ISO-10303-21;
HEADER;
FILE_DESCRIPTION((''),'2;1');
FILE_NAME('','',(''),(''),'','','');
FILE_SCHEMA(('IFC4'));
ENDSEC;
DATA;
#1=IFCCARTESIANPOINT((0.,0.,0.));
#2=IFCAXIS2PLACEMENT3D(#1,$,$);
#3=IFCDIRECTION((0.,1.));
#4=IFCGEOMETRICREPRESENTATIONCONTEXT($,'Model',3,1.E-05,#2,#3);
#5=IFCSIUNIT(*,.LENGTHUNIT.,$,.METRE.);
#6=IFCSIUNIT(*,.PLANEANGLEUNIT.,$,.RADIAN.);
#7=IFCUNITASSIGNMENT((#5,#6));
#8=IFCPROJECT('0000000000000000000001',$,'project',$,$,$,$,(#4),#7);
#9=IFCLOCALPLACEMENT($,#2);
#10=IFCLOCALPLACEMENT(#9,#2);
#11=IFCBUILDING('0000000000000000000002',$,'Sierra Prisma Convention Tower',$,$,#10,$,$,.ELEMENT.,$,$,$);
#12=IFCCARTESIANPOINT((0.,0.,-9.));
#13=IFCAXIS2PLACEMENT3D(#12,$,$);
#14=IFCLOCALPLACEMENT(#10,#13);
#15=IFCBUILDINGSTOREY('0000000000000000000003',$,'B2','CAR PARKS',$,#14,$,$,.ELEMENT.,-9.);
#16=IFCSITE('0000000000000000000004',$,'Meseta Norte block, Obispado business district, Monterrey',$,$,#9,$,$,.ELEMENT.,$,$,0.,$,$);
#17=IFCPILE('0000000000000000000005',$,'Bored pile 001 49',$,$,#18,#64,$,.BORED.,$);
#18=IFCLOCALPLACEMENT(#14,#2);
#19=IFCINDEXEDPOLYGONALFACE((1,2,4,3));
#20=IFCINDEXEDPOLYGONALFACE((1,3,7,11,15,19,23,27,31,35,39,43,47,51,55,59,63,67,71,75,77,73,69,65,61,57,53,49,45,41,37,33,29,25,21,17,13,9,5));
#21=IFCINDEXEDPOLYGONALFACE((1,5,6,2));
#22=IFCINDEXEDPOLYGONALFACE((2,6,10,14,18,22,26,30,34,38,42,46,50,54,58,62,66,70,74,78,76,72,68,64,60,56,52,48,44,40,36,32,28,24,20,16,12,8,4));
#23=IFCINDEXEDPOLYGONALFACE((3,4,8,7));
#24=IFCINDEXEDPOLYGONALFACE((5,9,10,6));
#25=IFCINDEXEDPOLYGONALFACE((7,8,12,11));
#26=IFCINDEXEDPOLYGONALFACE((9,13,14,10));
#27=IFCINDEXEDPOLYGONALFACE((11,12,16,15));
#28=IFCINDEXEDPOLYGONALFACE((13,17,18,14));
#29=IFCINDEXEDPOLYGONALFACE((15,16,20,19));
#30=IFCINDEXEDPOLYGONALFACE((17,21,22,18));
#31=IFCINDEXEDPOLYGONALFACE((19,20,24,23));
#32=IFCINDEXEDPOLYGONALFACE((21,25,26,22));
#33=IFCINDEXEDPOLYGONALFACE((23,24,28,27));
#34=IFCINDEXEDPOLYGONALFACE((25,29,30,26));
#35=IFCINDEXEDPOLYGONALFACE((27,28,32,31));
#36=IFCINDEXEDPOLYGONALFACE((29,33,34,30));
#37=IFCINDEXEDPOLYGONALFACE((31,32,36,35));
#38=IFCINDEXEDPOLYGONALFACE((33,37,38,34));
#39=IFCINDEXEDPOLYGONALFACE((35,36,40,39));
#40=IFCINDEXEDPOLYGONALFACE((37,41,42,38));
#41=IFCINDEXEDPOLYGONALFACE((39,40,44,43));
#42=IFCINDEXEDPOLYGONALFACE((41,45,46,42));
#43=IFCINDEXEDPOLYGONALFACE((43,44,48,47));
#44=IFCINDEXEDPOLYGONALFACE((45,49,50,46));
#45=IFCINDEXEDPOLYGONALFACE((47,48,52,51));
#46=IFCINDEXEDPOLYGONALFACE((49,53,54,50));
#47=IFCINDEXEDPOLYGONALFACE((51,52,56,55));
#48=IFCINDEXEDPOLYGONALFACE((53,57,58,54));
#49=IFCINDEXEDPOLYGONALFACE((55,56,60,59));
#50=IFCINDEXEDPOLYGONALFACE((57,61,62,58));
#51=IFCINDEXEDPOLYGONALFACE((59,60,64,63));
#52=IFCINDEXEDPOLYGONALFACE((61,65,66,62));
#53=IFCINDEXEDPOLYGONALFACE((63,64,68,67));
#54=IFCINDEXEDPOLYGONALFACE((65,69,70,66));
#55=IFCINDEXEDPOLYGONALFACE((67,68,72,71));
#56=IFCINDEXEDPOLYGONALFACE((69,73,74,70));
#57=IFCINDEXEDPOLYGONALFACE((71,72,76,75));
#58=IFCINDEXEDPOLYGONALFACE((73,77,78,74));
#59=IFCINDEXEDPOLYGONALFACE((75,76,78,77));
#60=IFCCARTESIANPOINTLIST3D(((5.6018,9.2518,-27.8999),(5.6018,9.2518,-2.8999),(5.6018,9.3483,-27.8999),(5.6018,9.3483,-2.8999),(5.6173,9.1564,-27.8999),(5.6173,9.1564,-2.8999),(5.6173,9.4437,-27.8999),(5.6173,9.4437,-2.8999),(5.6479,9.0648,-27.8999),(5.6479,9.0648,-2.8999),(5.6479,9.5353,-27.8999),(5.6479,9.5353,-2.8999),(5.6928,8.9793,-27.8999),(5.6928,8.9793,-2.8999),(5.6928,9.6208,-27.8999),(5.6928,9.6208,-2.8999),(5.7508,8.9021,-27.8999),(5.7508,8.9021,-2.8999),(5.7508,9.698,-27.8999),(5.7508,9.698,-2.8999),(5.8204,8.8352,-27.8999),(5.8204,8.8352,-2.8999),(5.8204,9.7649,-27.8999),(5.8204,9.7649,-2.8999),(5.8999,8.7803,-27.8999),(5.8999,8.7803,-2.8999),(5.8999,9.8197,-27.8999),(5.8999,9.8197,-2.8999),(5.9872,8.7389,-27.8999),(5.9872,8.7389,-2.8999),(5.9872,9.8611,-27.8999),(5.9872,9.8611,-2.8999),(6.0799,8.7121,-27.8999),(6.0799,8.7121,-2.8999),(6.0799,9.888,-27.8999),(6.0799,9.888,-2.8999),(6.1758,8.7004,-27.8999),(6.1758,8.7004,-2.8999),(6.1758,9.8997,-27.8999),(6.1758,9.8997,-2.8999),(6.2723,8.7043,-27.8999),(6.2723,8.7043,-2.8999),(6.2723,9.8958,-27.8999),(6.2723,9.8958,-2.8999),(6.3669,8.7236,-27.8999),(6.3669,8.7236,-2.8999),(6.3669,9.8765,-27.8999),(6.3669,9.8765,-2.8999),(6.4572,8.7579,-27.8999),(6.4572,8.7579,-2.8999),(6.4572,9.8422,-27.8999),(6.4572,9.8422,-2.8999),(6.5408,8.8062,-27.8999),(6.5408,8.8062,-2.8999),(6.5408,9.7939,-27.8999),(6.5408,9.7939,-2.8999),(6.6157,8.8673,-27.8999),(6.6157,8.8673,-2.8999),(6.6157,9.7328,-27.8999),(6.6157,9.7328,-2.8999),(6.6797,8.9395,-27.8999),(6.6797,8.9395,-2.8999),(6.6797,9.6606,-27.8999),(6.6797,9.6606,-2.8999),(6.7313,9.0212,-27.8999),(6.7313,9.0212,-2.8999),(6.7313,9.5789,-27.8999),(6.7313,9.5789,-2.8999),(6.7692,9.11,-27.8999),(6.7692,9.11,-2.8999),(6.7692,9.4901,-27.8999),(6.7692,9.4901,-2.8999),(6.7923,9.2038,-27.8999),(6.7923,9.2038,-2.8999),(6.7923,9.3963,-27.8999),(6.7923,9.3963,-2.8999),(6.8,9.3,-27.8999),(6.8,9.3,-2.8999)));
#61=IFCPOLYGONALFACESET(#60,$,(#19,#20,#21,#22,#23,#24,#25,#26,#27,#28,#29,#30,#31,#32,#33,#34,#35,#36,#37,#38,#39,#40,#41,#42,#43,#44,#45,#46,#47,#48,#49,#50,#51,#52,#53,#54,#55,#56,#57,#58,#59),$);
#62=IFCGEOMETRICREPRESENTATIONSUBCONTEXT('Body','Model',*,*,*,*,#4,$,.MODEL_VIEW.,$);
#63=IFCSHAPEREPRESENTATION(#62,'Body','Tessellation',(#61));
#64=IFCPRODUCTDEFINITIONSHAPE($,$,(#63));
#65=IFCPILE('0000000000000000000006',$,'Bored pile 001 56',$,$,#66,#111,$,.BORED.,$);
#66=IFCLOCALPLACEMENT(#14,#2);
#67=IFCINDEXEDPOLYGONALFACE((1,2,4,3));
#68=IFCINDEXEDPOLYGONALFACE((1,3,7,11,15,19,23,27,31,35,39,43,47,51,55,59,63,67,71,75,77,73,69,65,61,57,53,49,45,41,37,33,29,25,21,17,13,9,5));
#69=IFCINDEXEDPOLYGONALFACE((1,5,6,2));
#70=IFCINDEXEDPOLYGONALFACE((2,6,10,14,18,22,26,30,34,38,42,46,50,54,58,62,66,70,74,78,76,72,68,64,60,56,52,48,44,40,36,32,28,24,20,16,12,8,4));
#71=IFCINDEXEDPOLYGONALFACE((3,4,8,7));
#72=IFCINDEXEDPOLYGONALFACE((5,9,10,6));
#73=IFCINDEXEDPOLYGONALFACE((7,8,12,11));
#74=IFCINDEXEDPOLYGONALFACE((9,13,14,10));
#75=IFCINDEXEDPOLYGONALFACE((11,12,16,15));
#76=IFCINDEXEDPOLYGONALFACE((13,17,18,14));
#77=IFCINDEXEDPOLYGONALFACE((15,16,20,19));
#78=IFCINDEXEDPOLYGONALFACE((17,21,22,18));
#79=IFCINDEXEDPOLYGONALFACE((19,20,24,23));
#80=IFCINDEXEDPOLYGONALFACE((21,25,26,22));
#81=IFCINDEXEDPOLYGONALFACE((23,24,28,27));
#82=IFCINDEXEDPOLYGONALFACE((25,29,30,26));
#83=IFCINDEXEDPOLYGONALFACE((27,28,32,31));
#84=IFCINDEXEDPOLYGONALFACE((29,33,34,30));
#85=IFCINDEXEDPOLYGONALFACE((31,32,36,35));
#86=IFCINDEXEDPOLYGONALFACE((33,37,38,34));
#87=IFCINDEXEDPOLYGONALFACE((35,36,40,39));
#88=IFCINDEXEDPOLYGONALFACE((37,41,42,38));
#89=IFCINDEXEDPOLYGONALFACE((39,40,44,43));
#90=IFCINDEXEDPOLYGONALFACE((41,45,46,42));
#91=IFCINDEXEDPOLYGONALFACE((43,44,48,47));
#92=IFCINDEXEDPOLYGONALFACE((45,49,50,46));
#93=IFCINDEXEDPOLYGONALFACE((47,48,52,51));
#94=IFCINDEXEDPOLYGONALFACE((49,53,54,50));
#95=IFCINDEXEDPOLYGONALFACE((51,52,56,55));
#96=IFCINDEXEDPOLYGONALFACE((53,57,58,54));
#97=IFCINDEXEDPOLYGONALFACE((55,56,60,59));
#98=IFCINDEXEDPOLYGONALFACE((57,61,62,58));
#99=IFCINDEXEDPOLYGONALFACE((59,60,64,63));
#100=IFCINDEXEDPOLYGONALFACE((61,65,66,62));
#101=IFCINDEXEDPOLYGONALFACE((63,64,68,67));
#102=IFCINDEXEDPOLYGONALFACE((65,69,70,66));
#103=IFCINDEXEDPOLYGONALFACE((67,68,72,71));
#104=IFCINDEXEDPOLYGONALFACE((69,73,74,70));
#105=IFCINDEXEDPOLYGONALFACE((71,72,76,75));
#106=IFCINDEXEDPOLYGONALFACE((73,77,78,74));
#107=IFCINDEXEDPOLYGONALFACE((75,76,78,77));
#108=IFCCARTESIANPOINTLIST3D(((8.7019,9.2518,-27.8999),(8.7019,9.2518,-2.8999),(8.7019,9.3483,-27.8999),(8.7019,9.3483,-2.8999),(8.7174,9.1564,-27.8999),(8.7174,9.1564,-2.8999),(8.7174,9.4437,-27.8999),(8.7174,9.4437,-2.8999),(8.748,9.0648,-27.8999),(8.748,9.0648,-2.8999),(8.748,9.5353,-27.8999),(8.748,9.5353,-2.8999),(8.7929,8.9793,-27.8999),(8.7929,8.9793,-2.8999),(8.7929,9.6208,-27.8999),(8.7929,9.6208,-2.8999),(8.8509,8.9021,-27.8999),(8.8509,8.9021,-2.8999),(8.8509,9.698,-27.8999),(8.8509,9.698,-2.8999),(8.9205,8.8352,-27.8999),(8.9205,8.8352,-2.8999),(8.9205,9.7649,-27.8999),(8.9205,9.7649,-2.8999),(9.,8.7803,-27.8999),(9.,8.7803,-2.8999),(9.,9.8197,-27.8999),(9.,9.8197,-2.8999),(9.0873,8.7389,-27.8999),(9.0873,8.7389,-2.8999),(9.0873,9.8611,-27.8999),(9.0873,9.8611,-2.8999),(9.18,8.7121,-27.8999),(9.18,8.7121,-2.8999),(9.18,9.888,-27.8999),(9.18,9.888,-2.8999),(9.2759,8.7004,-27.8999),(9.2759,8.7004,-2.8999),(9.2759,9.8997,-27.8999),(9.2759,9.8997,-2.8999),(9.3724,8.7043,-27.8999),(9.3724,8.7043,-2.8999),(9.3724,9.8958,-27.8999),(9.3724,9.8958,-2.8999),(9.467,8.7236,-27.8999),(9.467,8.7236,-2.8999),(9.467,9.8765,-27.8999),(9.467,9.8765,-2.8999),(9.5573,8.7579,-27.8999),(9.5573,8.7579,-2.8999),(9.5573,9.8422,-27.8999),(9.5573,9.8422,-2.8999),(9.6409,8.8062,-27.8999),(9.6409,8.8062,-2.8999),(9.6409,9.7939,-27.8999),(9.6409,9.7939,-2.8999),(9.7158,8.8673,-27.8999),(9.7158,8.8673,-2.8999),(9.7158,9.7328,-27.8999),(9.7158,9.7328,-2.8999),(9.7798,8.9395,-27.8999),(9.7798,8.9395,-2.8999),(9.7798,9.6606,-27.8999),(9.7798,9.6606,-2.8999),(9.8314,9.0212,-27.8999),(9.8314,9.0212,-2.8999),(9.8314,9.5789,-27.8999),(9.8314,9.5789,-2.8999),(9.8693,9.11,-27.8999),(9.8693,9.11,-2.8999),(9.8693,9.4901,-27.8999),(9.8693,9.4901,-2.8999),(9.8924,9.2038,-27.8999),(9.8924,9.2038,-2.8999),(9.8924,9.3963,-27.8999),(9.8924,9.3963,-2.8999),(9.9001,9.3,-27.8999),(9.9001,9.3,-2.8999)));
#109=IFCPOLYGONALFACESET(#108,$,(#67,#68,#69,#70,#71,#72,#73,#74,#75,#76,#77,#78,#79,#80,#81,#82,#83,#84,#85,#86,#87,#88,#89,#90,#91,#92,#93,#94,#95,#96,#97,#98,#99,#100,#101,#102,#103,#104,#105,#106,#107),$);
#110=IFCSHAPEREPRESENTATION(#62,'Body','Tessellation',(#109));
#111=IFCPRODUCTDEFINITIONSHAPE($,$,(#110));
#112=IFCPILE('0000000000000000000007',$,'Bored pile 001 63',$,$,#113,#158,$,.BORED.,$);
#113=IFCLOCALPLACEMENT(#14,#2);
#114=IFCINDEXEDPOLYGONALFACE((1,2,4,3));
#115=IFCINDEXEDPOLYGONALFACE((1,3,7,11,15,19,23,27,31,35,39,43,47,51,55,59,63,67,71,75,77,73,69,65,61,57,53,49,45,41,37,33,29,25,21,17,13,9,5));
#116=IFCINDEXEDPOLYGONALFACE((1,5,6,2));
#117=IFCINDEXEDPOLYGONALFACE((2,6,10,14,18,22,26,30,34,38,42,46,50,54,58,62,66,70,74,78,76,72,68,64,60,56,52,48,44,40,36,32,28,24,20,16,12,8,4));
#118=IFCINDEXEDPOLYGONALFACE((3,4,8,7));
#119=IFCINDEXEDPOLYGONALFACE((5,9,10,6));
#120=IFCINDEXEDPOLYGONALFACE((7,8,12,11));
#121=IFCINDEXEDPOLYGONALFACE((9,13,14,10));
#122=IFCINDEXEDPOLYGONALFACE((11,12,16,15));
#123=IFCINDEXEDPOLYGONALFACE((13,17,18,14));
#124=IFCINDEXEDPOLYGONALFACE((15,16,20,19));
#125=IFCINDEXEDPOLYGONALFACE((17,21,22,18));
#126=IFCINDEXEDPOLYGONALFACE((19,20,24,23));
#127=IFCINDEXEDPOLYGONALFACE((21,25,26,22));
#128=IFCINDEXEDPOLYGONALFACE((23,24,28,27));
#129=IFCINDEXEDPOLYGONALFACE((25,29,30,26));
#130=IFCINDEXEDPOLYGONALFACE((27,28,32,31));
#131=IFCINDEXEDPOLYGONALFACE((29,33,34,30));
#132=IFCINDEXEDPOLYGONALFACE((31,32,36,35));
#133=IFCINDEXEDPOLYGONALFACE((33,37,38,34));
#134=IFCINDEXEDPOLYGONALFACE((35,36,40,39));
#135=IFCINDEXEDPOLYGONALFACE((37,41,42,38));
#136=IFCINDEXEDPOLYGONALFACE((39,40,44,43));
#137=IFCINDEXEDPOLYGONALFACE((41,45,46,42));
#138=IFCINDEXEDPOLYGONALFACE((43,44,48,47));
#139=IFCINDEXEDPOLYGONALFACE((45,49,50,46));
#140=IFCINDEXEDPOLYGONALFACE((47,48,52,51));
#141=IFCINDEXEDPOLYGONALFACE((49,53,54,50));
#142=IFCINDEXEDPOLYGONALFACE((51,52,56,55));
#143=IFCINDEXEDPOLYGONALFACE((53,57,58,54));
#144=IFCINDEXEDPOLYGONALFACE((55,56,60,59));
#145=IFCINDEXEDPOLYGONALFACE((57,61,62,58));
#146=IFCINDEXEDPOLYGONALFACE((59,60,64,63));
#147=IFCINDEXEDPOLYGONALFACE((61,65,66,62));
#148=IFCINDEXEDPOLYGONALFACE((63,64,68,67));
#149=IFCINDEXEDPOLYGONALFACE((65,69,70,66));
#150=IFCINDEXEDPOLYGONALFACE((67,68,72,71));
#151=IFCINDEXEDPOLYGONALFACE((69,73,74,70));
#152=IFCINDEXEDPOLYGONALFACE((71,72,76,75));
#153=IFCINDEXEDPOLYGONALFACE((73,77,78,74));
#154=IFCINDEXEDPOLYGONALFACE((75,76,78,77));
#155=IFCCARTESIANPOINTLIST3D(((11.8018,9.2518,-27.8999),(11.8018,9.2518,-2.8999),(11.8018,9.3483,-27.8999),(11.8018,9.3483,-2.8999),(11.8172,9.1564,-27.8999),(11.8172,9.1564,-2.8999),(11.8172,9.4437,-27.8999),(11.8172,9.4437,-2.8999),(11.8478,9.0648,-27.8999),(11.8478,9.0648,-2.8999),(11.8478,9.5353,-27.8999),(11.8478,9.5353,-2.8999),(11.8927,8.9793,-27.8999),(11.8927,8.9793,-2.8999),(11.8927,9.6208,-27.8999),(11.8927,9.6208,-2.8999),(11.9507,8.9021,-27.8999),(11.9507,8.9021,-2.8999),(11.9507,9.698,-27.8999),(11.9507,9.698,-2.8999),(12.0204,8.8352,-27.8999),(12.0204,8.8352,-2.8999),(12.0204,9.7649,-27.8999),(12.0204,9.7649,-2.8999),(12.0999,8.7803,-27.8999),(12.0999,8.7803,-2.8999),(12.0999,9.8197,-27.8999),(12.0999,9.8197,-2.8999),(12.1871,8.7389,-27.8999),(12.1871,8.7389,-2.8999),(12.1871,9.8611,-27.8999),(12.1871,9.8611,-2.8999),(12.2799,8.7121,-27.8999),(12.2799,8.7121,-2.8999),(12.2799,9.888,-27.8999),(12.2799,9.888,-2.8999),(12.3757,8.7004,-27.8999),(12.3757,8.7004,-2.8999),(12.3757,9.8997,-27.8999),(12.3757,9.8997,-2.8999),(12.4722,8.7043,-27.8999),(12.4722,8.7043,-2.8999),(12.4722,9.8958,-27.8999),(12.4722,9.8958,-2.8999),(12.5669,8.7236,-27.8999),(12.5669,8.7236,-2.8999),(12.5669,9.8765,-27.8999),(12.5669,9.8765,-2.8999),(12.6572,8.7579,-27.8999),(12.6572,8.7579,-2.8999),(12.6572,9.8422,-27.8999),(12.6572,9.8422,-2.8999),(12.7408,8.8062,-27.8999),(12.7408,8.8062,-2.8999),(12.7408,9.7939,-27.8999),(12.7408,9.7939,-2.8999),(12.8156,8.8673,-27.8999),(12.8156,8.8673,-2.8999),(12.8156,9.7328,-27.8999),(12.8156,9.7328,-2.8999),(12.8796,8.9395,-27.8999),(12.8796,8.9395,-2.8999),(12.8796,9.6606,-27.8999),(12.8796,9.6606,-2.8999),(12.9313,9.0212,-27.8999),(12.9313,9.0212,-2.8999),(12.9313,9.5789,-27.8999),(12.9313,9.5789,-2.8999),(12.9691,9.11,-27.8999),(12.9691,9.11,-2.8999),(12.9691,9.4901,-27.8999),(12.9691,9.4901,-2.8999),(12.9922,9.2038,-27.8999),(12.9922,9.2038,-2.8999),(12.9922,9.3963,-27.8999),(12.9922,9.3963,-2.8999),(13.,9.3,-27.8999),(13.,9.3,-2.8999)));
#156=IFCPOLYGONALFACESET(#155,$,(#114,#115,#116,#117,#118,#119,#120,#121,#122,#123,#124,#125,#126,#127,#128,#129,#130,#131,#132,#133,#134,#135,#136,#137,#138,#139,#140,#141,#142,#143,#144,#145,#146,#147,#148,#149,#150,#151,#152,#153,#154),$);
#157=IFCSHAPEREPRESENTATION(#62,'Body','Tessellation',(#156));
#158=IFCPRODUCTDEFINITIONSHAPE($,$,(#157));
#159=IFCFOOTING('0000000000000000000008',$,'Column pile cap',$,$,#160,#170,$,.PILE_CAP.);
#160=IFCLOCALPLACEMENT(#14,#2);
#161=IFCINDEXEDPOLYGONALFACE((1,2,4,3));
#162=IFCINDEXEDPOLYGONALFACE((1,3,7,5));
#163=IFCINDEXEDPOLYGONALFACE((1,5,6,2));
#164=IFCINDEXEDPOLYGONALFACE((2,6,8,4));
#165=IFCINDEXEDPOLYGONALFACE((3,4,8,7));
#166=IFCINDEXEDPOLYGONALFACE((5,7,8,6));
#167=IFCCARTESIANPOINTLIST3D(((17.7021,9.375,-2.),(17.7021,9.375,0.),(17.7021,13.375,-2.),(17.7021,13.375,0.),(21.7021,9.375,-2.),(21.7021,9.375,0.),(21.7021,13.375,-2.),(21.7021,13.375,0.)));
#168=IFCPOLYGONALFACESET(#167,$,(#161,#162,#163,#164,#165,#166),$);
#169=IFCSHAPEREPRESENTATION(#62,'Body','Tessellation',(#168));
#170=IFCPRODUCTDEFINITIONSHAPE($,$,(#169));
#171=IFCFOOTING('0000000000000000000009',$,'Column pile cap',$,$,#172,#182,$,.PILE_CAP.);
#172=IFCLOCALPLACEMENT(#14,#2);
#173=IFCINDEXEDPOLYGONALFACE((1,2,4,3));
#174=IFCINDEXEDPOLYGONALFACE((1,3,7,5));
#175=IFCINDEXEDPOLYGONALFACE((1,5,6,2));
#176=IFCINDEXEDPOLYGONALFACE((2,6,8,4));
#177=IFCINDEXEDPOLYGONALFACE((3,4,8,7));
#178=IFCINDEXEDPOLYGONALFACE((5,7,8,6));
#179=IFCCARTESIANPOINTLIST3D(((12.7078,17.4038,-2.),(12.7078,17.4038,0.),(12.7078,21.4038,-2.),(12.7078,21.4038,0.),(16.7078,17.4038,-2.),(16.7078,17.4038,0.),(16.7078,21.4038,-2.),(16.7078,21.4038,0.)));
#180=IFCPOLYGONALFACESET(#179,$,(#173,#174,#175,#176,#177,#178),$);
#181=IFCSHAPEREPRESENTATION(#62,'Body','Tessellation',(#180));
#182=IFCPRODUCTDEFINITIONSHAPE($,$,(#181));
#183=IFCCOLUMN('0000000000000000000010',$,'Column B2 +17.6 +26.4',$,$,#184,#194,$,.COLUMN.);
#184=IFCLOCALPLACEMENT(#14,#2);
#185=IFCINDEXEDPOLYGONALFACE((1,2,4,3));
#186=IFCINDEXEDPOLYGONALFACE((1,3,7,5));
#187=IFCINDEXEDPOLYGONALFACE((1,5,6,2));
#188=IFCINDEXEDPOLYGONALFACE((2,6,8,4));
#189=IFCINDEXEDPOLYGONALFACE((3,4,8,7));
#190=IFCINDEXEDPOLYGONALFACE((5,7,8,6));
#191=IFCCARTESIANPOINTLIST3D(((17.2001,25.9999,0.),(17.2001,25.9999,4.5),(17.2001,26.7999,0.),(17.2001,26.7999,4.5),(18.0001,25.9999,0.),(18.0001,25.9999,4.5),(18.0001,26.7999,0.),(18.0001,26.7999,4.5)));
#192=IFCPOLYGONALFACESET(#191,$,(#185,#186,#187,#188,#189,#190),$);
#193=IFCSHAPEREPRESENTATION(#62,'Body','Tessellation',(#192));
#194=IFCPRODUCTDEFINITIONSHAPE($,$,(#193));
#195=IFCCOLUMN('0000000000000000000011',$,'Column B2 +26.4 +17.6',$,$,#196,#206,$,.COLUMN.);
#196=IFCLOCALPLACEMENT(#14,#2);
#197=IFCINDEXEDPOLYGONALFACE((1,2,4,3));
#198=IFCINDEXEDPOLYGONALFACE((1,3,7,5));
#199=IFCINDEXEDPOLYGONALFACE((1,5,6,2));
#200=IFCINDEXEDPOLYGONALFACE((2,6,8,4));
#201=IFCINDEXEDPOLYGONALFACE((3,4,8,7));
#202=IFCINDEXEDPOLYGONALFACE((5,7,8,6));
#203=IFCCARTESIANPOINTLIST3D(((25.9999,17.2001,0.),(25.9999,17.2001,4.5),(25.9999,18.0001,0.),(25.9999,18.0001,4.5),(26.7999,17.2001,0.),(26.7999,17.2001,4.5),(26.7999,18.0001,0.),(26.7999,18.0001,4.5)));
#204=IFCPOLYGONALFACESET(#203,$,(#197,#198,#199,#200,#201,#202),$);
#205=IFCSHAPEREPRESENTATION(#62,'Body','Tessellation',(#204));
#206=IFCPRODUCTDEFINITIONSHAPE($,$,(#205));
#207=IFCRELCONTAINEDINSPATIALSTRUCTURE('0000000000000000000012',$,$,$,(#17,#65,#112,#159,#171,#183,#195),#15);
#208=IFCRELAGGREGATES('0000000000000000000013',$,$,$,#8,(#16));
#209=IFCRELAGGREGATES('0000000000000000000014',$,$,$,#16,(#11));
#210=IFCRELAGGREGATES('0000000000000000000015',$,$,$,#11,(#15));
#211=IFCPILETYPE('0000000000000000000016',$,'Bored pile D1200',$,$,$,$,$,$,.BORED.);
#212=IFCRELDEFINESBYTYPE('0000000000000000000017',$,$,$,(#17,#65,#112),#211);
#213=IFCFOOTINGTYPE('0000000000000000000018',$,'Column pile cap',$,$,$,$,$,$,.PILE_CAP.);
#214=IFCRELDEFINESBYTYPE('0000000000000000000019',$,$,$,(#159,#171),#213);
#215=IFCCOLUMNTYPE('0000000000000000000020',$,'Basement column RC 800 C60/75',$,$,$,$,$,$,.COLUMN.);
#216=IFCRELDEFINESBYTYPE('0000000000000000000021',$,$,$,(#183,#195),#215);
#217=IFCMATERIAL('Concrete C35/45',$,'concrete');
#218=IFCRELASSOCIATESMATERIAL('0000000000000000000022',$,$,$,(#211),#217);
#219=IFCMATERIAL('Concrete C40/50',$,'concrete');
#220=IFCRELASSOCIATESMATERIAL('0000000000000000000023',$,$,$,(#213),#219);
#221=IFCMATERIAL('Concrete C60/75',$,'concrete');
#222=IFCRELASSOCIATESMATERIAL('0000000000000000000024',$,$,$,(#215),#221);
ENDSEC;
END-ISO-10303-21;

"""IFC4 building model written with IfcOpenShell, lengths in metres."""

from ifc_helpers import new_model, si_unit, direction, frame, origin, origin_2d, place, context, subcontext, project, spatial, rectangle, circle, extrude, material, material_profile, profile_set, type_object, element, save


model = new_model("IFC4")

# Units and contexts
model_context = context("Model", 3, precision=1e-05, world=origin(), true_north=direction((0.0, 1.0)))
body_context = subcontext(model_context, "Body", "Model", "MODEL_VIEW")
ifc_project = project(units=[si_unit("LENGTHUNIT", "METRE"), si_unit("PLANEANGLEUNIT", "RADIAN")], contexts=[model_context])

# Site, building, storey
site_placement = place(None, origin())
site = spatial("IfcSite", under=ifc_project, at=site_placement, Name="Meseta Norte block, Obispado business district, Monterrey", CompositionType="ELEMENT", RefElevation=0.0)
building_placement = place(site_placement, origin())
building = spatial("IfcBuilding", under=site, at=building_placement, Name="Sierra Prisma Convention Tower", CompositionType="ELEMENT")
storey_placement = place(building_placement, frame((0.0, 0.0, -9.0)))
storey = spatial("IfcBuildingStorey", under=building, at=storey_placement, Name="B2", Description="CAR PARKS", CompositionType="ELEMENT", Elevation=-9.0)

# Piles
ifc_material_1 = material(Name="Concrete C35/45", Category="concrete")
ifc_material_profile_1 = material_profile(ifc_material_1, circle(Radius=0.6001, at=origin_2d()), Name="D1200")
ifc_profile_set_1 = profile_set([ifc_material_profile_1], Name="Concrete C35/45")
pile_type_1 = type_object("IfcPileType", Name="Bored pile D1200", PredefinedType="BORED", material=ifc_profile_set_1)
for number, where, z_axis, x_axis, name in (
    (1, (6.2, 9.3, -2.8999), (0.0, 0.0, -1.0), (1.0, 0.0, 0.0), "Bored pile 001 49"),
    (2, (9.3, 9.3, -2.8999), (0.0, 0.0, -1.0), (1.0, 0.0, 0.0), "Bored pile 001 56"),
    (3, (12.3999, 9.3, -2.8999), (0.0, 0.0, -1.0), (1.0, 0.0, 0.0), "Bored pile 001 63"),
):
    element("IfcPile", number, at=place(storey_placement, frame(where, z_axis=z_axis, x_axis=x_axis)), inside=storey, type_object=pile_type_1, Name=name, PredefinedType="BORED", context=body_context, shape_type="SweptSolid", body=[
        extrude(circle(Radius=0.6001, at=origin_2d()), origin(), (0.0, 0.0, 1.0), 25.0),
    ])

# Footings
ifc_material_2 = material(Name="Concrete C40/50", Category="concrete")
footing_type_1 = type_object("IfcFootingType", Name="Column pile cap", PredefinedType="PILE_CAP", material=ifc_material_2)
for number, where, z_axis, x_axis, name in (
    (4, (19.7021, 11.375, -2.0), (0.0, 0.0, 1.0), (1.0, 0.0, 0.0), "Column pile cap"),
    (5, (14.7078, 19.4038, -2.0), (0.0, 0.0, 1.0), (1.0, 0.0, 0.0), "Column pile cap"),
):
    element("IfcFooting", number, at=place(storey_placement, frame(where, z_axis=z_axis, x_axis=x_axis)), inside=storey, type_object=footing_type_1, Name=name, PredefinedType="PILE_CAP", context=body_context, shape_type="SweptSolid", body=[
        extrude(rectangle(XDim=4.0, YDim=4.0, at=origin_2d()), origin(), (0.0, 0.0, 1.0), 2.0),
    ])

# Columns
ifc_material_3 = material(Name="Concrete C60/75", Category="concrete")
ifc_material_profile_2 = material_profile(ifc_material_3, rectangle(XDim=0.8, YDim=0.8, at=origin_2d()), Name="Basement column RC 800 C60/75")
ifc_profile_set_2 = profile_set([ifc_material_profile_2], Name="Concrete C60/75")
column_type_1 = type_object("IfcColumnType", Name="Basement column RC 800 C60/75", PredefinedType="COLUMN", material=ifc_profile_set_2)
for number, where, z_axis, x_axis, name in (
    (6, (17.6001, 26.3999, 0.0), (0.0, 0.0, 1.0), (1.0, 0.0, 0.0), "Column B2 +17.6 +26.4"),
    (7, (26.3999, 17.6001, 0.0), (0.0, 0.0, 1.0), (1.0, 0.0, 0.0), "Column B2 +26.4 +17.6"),
):
    element("IfcColumn", number, at=place(storey_placement, frame(where, z_axis=z_axis, x_axis=x_axis)), inside=storey, type_object=column_type_1, Name=name, PredefinedType="COLUMN", context=body_context, shape_type="SweptSolid", body=[
        extrude(rectangle(XDim=0.8, YDim=0.8, at=origin_2d()), origin(), (0.0, 0.0, 1.0), 4.5),
    ])

save(model, "model.ifc")
